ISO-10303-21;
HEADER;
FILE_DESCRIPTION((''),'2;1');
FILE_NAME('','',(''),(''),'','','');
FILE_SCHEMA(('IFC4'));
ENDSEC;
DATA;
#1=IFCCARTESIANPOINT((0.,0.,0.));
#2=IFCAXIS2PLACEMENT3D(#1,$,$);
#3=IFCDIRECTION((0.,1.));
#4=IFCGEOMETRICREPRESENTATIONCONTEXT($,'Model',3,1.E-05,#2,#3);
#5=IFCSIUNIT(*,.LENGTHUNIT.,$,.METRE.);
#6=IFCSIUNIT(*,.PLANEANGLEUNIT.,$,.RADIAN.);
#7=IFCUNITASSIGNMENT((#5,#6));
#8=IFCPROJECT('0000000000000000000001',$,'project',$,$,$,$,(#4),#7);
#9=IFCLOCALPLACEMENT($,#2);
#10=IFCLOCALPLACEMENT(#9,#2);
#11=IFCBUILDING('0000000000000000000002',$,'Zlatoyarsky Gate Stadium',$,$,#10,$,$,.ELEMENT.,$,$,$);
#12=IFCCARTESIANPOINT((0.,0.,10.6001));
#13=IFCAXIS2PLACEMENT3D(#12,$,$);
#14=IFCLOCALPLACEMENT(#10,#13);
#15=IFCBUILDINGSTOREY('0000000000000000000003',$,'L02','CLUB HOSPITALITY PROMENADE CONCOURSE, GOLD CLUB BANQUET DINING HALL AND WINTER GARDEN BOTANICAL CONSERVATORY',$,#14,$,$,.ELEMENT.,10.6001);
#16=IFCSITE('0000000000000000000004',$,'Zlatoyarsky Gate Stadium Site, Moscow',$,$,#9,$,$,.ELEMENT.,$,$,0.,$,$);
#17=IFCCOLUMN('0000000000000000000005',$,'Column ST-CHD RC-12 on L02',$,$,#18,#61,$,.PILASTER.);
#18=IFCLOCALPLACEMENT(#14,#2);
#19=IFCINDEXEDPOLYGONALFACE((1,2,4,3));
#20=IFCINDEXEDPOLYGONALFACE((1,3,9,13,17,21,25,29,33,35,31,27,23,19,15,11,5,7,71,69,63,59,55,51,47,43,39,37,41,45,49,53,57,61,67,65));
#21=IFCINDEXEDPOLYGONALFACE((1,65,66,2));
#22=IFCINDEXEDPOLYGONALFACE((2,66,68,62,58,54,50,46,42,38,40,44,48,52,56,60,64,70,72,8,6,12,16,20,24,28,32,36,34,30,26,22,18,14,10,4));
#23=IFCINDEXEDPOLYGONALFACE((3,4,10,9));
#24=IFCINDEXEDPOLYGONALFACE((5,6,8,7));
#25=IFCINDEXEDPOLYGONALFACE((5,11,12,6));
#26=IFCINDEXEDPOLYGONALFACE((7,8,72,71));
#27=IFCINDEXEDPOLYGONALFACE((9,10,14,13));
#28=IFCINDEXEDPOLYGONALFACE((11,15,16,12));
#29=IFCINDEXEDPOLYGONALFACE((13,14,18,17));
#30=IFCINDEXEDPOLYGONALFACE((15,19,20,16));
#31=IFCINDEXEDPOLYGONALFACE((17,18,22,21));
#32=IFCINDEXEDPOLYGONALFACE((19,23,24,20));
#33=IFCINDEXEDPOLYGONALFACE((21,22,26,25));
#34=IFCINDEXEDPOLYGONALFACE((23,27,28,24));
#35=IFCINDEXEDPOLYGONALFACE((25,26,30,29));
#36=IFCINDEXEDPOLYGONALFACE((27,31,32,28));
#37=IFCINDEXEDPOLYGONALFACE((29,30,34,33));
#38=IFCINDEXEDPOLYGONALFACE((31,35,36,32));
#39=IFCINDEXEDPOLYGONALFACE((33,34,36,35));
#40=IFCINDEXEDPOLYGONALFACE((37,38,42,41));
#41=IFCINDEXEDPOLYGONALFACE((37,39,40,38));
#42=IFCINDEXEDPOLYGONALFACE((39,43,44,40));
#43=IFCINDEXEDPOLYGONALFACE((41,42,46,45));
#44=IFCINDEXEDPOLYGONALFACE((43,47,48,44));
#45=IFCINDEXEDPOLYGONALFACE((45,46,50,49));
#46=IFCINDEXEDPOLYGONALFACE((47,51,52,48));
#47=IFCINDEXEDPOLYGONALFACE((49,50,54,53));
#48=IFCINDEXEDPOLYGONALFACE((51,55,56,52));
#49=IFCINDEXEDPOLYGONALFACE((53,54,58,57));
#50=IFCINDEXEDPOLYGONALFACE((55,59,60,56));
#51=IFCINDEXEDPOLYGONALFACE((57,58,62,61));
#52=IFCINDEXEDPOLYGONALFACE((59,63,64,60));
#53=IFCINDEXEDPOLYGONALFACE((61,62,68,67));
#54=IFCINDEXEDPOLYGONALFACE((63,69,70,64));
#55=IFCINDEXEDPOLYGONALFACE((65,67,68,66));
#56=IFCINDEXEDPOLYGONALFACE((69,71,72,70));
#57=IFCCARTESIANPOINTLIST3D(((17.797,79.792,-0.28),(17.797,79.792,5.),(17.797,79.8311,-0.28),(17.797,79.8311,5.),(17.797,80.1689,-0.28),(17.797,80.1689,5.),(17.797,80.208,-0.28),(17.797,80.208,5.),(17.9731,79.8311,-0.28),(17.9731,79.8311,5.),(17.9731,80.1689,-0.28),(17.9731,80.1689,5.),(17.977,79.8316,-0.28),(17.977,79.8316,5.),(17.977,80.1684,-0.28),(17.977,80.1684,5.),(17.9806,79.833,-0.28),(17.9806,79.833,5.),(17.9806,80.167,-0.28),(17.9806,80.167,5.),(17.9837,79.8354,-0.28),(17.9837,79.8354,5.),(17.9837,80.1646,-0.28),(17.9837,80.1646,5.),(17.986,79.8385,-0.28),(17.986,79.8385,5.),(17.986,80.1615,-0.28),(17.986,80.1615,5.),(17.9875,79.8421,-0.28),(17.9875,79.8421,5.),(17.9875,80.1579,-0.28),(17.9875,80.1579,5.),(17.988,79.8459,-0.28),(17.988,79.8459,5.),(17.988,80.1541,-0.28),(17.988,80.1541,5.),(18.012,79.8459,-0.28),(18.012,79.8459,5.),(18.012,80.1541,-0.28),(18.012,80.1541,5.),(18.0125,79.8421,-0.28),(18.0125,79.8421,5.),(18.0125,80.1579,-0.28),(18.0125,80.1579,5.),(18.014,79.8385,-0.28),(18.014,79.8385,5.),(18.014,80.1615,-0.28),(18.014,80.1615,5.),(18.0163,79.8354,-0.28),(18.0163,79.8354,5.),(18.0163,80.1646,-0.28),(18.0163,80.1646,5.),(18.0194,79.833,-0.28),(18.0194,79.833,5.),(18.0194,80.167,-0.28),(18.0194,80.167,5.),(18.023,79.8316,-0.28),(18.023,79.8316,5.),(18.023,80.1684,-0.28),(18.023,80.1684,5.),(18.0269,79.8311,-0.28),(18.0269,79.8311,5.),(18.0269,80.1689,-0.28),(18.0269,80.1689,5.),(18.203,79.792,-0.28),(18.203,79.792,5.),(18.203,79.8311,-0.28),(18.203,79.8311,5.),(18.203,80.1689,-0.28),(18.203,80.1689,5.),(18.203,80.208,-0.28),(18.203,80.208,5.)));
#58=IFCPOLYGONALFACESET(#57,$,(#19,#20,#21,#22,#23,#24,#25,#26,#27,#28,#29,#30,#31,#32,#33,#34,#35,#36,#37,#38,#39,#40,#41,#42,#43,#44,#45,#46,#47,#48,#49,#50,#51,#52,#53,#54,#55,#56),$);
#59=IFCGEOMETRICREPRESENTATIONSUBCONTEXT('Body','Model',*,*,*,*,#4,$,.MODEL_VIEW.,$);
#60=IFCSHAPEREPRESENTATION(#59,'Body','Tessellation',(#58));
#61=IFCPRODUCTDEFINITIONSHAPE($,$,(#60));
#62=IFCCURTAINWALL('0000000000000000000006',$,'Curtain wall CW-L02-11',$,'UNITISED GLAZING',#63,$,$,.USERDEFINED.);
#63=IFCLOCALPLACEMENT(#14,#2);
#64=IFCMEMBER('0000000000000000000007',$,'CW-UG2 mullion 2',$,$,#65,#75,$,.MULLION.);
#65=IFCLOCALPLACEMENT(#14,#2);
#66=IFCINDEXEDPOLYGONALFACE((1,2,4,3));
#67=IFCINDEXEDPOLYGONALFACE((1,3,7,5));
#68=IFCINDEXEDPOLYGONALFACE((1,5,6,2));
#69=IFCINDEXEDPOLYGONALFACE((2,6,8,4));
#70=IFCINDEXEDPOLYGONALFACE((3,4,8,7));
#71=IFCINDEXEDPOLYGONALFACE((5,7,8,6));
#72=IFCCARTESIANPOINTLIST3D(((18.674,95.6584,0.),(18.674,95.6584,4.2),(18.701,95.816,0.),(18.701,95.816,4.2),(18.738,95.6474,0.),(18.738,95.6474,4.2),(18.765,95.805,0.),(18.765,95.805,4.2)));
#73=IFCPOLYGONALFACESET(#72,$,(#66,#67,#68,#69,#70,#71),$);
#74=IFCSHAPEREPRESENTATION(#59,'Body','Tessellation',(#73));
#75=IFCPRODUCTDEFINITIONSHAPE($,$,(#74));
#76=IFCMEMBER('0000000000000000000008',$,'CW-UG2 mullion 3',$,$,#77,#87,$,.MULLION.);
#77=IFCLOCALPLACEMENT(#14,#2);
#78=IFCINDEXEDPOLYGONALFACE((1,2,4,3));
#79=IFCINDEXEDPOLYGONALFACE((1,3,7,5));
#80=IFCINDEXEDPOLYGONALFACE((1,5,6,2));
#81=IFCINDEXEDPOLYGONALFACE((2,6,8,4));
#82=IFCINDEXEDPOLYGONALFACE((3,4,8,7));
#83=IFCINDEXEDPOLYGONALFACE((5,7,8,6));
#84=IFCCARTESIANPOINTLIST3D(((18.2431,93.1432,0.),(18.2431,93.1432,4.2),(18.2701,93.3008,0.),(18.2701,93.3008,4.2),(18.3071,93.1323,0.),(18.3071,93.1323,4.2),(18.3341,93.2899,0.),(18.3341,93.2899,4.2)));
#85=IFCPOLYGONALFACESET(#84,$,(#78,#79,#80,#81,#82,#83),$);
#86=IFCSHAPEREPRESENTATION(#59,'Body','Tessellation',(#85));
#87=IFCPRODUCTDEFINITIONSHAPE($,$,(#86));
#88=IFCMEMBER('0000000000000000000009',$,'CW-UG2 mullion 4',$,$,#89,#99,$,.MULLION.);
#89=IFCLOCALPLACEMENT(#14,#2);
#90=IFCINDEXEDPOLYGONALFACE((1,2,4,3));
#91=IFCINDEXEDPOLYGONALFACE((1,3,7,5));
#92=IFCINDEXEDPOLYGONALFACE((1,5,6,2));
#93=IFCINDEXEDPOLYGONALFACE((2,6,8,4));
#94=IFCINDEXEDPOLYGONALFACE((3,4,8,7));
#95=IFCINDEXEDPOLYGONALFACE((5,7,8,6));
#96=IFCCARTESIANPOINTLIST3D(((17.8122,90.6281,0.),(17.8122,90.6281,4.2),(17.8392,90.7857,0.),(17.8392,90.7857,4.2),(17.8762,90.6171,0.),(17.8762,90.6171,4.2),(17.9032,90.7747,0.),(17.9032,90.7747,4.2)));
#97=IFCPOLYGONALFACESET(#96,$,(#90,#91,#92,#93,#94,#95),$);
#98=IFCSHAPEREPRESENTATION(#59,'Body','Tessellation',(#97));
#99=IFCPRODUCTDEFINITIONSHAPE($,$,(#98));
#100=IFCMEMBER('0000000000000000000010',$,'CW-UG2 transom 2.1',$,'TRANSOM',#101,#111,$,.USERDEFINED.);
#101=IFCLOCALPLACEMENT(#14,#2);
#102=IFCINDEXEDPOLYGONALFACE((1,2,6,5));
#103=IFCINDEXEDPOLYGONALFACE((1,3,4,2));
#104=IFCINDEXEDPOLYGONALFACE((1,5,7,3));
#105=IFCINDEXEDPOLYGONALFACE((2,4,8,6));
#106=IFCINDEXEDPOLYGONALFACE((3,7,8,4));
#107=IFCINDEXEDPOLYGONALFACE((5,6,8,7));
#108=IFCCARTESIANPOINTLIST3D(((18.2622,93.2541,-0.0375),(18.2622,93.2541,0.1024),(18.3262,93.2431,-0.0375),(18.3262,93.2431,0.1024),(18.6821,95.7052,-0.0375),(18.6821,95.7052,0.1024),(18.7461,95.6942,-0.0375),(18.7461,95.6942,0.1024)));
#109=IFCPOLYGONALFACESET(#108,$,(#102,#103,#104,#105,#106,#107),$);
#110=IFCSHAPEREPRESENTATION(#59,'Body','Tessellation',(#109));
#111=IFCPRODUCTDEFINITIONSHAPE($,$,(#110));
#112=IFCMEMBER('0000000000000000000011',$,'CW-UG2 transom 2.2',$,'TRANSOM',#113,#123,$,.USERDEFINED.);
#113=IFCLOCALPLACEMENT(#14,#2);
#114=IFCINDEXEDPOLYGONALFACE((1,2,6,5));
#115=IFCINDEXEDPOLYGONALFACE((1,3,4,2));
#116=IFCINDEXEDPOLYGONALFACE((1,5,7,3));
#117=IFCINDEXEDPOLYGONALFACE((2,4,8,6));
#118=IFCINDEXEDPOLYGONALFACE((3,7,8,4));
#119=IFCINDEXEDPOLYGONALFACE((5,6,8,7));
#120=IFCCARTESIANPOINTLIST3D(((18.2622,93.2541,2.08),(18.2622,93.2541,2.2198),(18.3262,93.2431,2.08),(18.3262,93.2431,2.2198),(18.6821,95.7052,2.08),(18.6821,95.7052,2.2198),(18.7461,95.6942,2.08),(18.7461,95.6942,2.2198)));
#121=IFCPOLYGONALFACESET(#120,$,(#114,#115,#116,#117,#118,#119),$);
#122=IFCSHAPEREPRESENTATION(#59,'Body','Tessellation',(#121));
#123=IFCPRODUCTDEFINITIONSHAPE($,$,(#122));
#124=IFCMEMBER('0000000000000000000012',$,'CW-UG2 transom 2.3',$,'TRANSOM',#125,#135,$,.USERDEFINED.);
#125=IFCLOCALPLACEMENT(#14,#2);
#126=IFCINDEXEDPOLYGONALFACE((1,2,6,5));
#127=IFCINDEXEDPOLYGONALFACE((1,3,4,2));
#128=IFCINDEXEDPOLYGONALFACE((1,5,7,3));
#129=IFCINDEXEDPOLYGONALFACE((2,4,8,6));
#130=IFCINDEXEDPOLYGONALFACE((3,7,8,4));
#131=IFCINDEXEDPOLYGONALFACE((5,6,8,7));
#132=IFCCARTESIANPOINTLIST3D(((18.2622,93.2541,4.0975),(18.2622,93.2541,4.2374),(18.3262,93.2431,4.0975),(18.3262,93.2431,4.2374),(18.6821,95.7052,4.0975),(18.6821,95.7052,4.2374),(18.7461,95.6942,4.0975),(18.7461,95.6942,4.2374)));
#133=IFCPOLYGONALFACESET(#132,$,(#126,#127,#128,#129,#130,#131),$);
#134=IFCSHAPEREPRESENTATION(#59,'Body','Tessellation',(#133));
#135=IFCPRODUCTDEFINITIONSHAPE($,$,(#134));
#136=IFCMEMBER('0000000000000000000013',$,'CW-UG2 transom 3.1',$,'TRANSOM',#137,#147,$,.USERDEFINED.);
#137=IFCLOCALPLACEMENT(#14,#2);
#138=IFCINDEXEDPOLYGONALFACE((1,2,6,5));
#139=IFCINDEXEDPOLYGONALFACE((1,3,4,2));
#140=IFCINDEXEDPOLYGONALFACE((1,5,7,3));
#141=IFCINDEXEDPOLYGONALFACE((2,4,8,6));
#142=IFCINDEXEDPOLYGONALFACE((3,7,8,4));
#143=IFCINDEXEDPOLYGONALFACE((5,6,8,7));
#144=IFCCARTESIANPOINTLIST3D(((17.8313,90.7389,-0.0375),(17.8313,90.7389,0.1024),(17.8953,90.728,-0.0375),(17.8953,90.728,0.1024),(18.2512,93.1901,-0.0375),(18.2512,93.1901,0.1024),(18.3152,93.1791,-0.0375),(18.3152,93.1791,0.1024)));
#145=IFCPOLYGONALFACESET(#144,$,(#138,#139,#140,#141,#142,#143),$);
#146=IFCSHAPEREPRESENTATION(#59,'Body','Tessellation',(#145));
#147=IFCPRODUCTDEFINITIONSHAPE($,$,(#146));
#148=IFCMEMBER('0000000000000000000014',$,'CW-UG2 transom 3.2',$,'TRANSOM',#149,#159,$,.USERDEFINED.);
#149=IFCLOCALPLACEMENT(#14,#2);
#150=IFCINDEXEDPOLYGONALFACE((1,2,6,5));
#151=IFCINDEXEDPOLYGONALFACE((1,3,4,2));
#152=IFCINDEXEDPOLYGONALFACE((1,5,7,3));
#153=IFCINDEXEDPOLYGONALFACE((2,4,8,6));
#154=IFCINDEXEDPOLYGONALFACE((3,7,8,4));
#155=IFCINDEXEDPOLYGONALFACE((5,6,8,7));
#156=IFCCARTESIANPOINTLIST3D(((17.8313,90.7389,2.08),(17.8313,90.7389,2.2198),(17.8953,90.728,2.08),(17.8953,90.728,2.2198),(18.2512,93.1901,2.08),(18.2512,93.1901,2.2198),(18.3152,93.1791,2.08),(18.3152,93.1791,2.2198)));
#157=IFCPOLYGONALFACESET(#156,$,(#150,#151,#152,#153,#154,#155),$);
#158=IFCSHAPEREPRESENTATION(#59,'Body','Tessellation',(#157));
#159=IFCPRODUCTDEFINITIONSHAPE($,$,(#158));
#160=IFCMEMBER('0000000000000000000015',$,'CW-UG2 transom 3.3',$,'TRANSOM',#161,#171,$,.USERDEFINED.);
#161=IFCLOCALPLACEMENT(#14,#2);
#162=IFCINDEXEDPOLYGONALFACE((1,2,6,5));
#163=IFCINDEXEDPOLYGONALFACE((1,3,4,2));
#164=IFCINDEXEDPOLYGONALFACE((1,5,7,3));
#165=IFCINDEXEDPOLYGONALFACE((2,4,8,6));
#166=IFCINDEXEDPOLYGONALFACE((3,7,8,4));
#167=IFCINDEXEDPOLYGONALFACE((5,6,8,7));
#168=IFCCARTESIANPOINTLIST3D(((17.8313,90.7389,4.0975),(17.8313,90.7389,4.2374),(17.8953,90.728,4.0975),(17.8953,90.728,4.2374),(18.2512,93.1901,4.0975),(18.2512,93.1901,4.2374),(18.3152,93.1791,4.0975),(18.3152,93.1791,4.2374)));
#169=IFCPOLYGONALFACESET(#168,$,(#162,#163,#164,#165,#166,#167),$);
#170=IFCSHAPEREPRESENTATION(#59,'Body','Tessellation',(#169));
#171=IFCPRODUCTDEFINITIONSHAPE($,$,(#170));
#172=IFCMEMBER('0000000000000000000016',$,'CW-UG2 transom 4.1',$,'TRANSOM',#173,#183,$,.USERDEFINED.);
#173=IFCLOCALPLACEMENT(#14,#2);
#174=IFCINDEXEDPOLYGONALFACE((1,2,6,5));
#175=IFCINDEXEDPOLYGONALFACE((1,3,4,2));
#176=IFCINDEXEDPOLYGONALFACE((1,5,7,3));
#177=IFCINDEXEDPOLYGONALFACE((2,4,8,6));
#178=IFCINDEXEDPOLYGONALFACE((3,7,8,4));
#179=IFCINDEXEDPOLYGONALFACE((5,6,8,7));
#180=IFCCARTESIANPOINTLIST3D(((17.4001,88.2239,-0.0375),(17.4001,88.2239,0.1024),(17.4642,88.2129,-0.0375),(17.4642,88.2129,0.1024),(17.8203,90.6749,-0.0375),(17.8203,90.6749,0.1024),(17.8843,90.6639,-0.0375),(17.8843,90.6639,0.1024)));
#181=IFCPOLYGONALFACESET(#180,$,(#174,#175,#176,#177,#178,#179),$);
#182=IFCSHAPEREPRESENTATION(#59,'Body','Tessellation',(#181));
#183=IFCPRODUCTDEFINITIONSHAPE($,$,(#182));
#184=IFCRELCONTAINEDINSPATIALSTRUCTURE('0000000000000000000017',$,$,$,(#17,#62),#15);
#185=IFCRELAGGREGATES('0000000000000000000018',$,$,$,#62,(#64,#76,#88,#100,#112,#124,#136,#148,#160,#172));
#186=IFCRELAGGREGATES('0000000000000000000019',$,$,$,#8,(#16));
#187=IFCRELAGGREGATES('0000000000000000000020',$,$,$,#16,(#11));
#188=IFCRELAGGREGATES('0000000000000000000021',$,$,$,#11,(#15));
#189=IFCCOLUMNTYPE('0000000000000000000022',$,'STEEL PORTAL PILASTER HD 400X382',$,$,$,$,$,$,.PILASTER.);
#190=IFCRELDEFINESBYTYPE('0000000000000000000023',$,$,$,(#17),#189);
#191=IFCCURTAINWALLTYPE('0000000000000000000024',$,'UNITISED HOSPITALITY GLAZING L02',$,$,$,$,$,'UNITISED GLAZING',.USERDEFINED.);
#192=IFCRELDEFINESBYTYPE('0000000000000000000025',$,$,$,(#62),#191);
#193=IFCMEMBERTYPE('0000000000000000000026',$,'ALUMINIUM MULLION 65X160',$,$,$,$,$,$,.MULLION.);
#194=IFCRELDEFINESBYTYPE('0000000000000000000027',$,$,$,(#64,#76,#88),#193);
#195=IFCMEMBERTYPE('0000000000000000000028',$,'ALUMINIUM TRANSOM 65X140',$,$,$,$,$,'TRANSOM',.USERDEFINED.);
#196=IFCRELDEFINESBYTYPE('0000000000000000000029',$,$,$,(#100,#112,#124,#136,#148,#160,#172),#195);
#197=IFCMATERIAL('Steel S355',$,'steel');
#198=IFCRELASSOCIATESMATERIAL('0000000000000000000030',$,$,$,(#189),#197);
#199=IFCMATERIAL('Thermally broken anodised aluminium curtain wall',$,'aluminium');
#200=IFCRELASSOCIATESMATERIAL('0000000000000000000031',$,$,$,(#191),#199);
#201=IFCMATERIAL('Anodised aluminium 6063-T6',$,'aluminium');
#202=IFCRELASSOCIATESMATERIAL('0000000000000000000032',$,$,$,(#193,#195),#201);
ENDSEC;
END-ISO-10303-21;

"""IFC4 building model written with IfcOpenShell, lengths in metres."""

from ifc_helpers import new_model, si_unit, direction, frame, origin, origin_2d, place, context, subcontext, project, spatial, rectangle, i_section, extrude, material, material_profile, profile_set, type_object, element, aggregate, save


model = new_model("IFC4")

# Units and contexts
model_context = context("Model", 3, precision=1e-05, world=origin(), true_north=direction((0.0, 1.0)))
body_context = subcontext(model_context, "Body", "Model", "MODEL_VIEW")
ifc_project = project(units=[si_unit("LENGTHUNIT", "METRE"), si_unit("PLANEANGLEUNIT", "RADIAN")], contexts=[model_context])

# Site, building, storey
site_placement = place(None, origin())
site = spatial("IfcSite", under=ifc_project, at=site_placement, Name="Zlatoyarsky Gate Stadium Site, Moscow", CompositionType="ELEMENT", RefElevation=0.0)
building_placement = place(site_placement, origin())
building = spatial("IfcBuilding", under=site, at=building_placement, Name="Zlatoyarsky Gate Stadium", CompositionType="ELEMENT")
storey_placement = place(building_placement, frame((0.0, 0.0, 10.6001)))
storey = spatial("IfcBuildingStorey", under=building, at=storey_placement, Name="L02", Description="CLUB HOSPITALITY PROMENADE CONCOURSE, GOLD CLUB BANQUET DINING HALL AND WINTER GARDEN BOTANICAL CONSERVATORY", CompositionType="ELEMENT", Elevation=10.6001)

# Column
ifc_material_1 = material(Name="Steel S355", Category="steel")
ifc_material_profile_1 = material_profile(ifc_material_1, i_section(OverallWidth=0.406, OverallDepth=0.416, WebThickness=0.0239, FlangeThickness=0.0391, FilletRadius=0.0149, at=origin_2d()), Name="HD 400X382")
ifc_profile_set_1 = profile_set([ifc_material_profile_1], Name="Steel S355")
column_type = type_object("IfcColumnType", Name="STEEL PORTAL PILASTER HD 400X382", PredefinedType="PILASTER", material=ifc_profile_set_1)
column_placement = place(storey_placement, frame((18.0, 80.0, -0.28), z_axis=(0.0, 0.0, 1.0), x_axis=(-1.0, 0.0, 0.0)))
element("IfcColumn", 1, at=column_placement, inside=storey, type_object=column_type, Name="Column ST-CHD RC-12 on L02", PredefinedType="PILASTER", context=body_context, shape_type="SweptSolid", body=[
    extrude(i_section(OverallWidth=0.406, OverallDepth=0.416, WebThickness=0.0239, FlangeThickness=0.0391, FilletRadius=0.0149, at=origin_2d()), origin(), (0.0, 0.0, 1.0), 5.28),
])

# Curtain wall, members
ifc_material_2 = material(Name="Thermally broken anodised aluminium curtain wall", Category="aluminium")
curtain_wall_type = type_object("IfcCurtainWallType", Name="UNITISED HOSPITALITY GLAZING L02", ElementType="UNITISED GLAZING", PredefinedType="USERDEFINED", material=ifc_material_2)
curtain_wall_placement = place(storey_placement, origin())
curtain_wall = element("IfcCurtainWall", 2, at=curtain_wall_placement, inside=storey, type_object=curtain_wall_type, Name="Curtain wall CW-L02-11", ObjectType="UNITISED GLAZING", PredefinedType="USERDEFINED")
ifc_material_3 = material(Name="Anodised aluminium 6063-T6", Category="aluminium")
ifc_material_profile_2 = material_profile(ifc_material_3, rectangle(XDim=0.0649, YDim=0.1599, at=origin_2d()), Name="ALU 65X160")
ifc_profile_set_2 = profile_set([ifc_material_profile_2], Name="Anodised aluminium 6063-T6")
member_type_1 = type_object("IfcMemberType", Name="ALUMINIUM MULLION 65X160", PredefinedType="MULLION", material=ifc_profile_set_2)
member_1_placement = place(storey_placement, frame((18.7195, 95.7317, 0.0), z_axis=(0.0, 0.0, 1.0), x_axis=(0.985637, -0.168876, 0.0)))
member_1 = element("IfcMember", 3, at=member_1_placement, type_object=member_type_1, Name="CW-UG2 mullion 2", PredefinedType="MULLION", context=body_context, shape_type="SweptSolid", body=[
    extrude(rectangle(XDim=0.0649, YDim=0.1599, at=origin_2d()), origin(), (0.0, 0.0, 1.0), 4.2),
])
member_2_placement = place(storey_placement, frame((18.2886, 93.2166, 0.0), z_axis=(0.0, 0.0, 1.0), x_axis=(0.985637, -0.168876, 0.0)))
member_2 = element("IfcMember", 4, at=member_2_placement, type_object=member_type_1, Name="CW-UG2 mullion 3", PredefinedType="MULLION", context=body_context, shape_type="SweptSolid", body=[
    extrude(rectangle(XDim=0.0649, YDim=0.1599, at=origin_2d()), origin(), (0.0, 0.0, 1.0), 4.2),
])
member_3_placement = place(storey_placement, frame((17.8577, 90.7014, 0.0), z_axis=(0.0, 0.0, 1.0), x_axis=(0.985637, -0.168876, 0.0)))
member_3 = element("IfcMember", 5, at=member_3_placement, type_object=member_type_1, Name="CW-UG2 mullion 4", PredefinedType="MULLION", context=body_context, shape_type="SweptSolid", body=[
    extrude(rectangle(XDim=0.0649, YDim=0.1599, at=origin_2d()), origin(), (0.0, 0.0, 1.0), 4.2),
])
ifc_material_profile_3 = material_profile(ifc_material_3, rectangle(XDim=0.0649, YDim=0.1399, at=origin_2d()), Name="ALU 65X140")
ifc_profile_set_3 = profile_set([ifc_material_profile_3], Name="Anodised aluminium 6063-T6")
member_type_2 = type_object("IfcMemberType", Name="ALUMINIUM TRANSOM 65X140", ElementType="TRANSOM", PredefinedType="USERDEFINED", material=ifc_profile_set_3)
member_4_placement = place(storey_placement, frame((18.7141, 95.6997, 0.0325), z_axis=(-0.168855, -0.985641, 0.0), x_axis=(0.985641, -0.168855, 0.0)))
member_4 = element("IfcMember", 6, at=member_4_placement, type_object=member_type_2, Name="CW-UG2 transom 2.1", ObjectType="TRANSOM", PredefinedType="USERDEFINED", context=body_context, shape_type="SweptSolid", body=[
    extrude(rectangle(XDim=0.0649, YDim=0.1399, at=origin_2d()), origin(), (0.0, 0.0, 1.0), 2.4868),
])
member_5_placement = place(storey_placement, frame((18.7141, 95.6997, 2.1499), z_axis=(-0.168855, -0.985641, 0.0), x_axis=(0.985641, -0.168855, 0.0)))
member_5 = element("IfcMember", 7, at=member_5_placement, type_object=member_type_2, Name="CW-UG2 transom 2.2", ObjectType="TRANSOM", PredefinedType="USERDEFINED", context=body_context, shape_type="SweptSolid", body=[
    extrude(rectangle(XDim=0.0649, YDim=0.1399, at=origin_2d()), origin(), (0.0, 0.0, 1.0), 2.4868),
])
member_6_placement = place(storey_placement, frame((18.7141, 95.6997, 4.1675), z_axis=(-0.168855, -0.985641, 0.0), x_axis=(0.985641, -0.168855, 0.0)))
member_6 = element("IfcMember", 8, at=member_6_placement, type_object=member_type_2, Name="CW-UG2 transom 2.3", ObjectType="TRANSOM", PredefinedType="USERDEFINED", context=body_context, shape_type="SweptSolid", body=[
    extrude(rectangle(XDim=0.0649, YDim=0.1399, at=origin_2d()), origin(), (0.0, 0.0, 1.0), 2.4868),
])
member_7_placement = place(storey_placement, frame((18.2832, 93.1846, 0.0325), z_axis=(-0.168855, -0.985641, 0.0), x_axis=(0.985641, -0.168855, 0.0)))
member_7 = element("IfcMember", 9, at=member_7_placement, type_object=member_type_2, Name="CW-UG2 transom 3.1", ObjectType="TRANSOM", PredefinedType="USERDEFINED", context=body_context, shape_type="SweptSolid", body=[
    extrude(rectangle(XDim=0.0649, YDim=0.1399, at=origin_2d()), origin(), (0.0, 0.0, 1.0), 2.4868),
])
member_8_placement = place(storey_placement, frame((18.2832, 93.1846, 2.1499), z_axis=(-0.168855, -0.985641, 0.0), x_axis=(0.985641, -0.168855, 0.0)))
member_8 = element("IfcMember", 10, at=member_8_placement, type_object=member_type_2, Name="CW-UG2 transom 3.2", ObjectType="TRANSOM", PredefinedType="USERDEFINED", context=body_context, shape_type="SweptSolid", body=[
    extrude(rectangle(XDim=0.0649, YDim=0.1399, at=origin_2d()), origin(), (0.0, 0.0, 1.0), 2.4868),
])
member_9_placement = place(storey_placement, frame((18.2832, 93.1846, 4.1675), z_axis=(-0.168855, -0.985641, 0.0), x_axis=(0.985641, -0.168855, 0.0)))
member_9 = element("IfcMember", 11, at=member_9_placement, type_object=member_type_2, Name="CW-UG2 transom 3.3", ObjectType="TRANSOM", PredefinedType="USERDEFINED", context=body_context, shape_type="SweptSolid", body=[
    extrude(rectangle(XDim=0.0649, YDim=0.1399, at=origin_2d()), origin(), (0.0, 0.0, 1.0), 2.4868),
])
member_10_placement = place(storey_placement, frame((17.8523, 90.6694, 0.0325), z_axis=(-0.16895, -0.985625, 0.0), x_axis=(0.985625, -0.16895, 0.0)))
member_10 = element("IfcMember", 12, at=member_10_placement, type_object=member_type_2, Name="CW-UG2 transom 4.1", ObjectType="TRANSOM", PredefinedType="USERDEFINED", context=body_context, shape_type="SweptSolid", body=[
    extrude(rectangle(XDim=0.0649, YDim=0.1399, at=origin_2d()), origin(), (0.0, 0.0, 1.0), 2.4868),
])

aggregate(curtain_wall, [member_1, member_2, member_3, member_4, member_5, member_6, member_7, member_8, member_9, member_10])

save(model, "model.ifc")
